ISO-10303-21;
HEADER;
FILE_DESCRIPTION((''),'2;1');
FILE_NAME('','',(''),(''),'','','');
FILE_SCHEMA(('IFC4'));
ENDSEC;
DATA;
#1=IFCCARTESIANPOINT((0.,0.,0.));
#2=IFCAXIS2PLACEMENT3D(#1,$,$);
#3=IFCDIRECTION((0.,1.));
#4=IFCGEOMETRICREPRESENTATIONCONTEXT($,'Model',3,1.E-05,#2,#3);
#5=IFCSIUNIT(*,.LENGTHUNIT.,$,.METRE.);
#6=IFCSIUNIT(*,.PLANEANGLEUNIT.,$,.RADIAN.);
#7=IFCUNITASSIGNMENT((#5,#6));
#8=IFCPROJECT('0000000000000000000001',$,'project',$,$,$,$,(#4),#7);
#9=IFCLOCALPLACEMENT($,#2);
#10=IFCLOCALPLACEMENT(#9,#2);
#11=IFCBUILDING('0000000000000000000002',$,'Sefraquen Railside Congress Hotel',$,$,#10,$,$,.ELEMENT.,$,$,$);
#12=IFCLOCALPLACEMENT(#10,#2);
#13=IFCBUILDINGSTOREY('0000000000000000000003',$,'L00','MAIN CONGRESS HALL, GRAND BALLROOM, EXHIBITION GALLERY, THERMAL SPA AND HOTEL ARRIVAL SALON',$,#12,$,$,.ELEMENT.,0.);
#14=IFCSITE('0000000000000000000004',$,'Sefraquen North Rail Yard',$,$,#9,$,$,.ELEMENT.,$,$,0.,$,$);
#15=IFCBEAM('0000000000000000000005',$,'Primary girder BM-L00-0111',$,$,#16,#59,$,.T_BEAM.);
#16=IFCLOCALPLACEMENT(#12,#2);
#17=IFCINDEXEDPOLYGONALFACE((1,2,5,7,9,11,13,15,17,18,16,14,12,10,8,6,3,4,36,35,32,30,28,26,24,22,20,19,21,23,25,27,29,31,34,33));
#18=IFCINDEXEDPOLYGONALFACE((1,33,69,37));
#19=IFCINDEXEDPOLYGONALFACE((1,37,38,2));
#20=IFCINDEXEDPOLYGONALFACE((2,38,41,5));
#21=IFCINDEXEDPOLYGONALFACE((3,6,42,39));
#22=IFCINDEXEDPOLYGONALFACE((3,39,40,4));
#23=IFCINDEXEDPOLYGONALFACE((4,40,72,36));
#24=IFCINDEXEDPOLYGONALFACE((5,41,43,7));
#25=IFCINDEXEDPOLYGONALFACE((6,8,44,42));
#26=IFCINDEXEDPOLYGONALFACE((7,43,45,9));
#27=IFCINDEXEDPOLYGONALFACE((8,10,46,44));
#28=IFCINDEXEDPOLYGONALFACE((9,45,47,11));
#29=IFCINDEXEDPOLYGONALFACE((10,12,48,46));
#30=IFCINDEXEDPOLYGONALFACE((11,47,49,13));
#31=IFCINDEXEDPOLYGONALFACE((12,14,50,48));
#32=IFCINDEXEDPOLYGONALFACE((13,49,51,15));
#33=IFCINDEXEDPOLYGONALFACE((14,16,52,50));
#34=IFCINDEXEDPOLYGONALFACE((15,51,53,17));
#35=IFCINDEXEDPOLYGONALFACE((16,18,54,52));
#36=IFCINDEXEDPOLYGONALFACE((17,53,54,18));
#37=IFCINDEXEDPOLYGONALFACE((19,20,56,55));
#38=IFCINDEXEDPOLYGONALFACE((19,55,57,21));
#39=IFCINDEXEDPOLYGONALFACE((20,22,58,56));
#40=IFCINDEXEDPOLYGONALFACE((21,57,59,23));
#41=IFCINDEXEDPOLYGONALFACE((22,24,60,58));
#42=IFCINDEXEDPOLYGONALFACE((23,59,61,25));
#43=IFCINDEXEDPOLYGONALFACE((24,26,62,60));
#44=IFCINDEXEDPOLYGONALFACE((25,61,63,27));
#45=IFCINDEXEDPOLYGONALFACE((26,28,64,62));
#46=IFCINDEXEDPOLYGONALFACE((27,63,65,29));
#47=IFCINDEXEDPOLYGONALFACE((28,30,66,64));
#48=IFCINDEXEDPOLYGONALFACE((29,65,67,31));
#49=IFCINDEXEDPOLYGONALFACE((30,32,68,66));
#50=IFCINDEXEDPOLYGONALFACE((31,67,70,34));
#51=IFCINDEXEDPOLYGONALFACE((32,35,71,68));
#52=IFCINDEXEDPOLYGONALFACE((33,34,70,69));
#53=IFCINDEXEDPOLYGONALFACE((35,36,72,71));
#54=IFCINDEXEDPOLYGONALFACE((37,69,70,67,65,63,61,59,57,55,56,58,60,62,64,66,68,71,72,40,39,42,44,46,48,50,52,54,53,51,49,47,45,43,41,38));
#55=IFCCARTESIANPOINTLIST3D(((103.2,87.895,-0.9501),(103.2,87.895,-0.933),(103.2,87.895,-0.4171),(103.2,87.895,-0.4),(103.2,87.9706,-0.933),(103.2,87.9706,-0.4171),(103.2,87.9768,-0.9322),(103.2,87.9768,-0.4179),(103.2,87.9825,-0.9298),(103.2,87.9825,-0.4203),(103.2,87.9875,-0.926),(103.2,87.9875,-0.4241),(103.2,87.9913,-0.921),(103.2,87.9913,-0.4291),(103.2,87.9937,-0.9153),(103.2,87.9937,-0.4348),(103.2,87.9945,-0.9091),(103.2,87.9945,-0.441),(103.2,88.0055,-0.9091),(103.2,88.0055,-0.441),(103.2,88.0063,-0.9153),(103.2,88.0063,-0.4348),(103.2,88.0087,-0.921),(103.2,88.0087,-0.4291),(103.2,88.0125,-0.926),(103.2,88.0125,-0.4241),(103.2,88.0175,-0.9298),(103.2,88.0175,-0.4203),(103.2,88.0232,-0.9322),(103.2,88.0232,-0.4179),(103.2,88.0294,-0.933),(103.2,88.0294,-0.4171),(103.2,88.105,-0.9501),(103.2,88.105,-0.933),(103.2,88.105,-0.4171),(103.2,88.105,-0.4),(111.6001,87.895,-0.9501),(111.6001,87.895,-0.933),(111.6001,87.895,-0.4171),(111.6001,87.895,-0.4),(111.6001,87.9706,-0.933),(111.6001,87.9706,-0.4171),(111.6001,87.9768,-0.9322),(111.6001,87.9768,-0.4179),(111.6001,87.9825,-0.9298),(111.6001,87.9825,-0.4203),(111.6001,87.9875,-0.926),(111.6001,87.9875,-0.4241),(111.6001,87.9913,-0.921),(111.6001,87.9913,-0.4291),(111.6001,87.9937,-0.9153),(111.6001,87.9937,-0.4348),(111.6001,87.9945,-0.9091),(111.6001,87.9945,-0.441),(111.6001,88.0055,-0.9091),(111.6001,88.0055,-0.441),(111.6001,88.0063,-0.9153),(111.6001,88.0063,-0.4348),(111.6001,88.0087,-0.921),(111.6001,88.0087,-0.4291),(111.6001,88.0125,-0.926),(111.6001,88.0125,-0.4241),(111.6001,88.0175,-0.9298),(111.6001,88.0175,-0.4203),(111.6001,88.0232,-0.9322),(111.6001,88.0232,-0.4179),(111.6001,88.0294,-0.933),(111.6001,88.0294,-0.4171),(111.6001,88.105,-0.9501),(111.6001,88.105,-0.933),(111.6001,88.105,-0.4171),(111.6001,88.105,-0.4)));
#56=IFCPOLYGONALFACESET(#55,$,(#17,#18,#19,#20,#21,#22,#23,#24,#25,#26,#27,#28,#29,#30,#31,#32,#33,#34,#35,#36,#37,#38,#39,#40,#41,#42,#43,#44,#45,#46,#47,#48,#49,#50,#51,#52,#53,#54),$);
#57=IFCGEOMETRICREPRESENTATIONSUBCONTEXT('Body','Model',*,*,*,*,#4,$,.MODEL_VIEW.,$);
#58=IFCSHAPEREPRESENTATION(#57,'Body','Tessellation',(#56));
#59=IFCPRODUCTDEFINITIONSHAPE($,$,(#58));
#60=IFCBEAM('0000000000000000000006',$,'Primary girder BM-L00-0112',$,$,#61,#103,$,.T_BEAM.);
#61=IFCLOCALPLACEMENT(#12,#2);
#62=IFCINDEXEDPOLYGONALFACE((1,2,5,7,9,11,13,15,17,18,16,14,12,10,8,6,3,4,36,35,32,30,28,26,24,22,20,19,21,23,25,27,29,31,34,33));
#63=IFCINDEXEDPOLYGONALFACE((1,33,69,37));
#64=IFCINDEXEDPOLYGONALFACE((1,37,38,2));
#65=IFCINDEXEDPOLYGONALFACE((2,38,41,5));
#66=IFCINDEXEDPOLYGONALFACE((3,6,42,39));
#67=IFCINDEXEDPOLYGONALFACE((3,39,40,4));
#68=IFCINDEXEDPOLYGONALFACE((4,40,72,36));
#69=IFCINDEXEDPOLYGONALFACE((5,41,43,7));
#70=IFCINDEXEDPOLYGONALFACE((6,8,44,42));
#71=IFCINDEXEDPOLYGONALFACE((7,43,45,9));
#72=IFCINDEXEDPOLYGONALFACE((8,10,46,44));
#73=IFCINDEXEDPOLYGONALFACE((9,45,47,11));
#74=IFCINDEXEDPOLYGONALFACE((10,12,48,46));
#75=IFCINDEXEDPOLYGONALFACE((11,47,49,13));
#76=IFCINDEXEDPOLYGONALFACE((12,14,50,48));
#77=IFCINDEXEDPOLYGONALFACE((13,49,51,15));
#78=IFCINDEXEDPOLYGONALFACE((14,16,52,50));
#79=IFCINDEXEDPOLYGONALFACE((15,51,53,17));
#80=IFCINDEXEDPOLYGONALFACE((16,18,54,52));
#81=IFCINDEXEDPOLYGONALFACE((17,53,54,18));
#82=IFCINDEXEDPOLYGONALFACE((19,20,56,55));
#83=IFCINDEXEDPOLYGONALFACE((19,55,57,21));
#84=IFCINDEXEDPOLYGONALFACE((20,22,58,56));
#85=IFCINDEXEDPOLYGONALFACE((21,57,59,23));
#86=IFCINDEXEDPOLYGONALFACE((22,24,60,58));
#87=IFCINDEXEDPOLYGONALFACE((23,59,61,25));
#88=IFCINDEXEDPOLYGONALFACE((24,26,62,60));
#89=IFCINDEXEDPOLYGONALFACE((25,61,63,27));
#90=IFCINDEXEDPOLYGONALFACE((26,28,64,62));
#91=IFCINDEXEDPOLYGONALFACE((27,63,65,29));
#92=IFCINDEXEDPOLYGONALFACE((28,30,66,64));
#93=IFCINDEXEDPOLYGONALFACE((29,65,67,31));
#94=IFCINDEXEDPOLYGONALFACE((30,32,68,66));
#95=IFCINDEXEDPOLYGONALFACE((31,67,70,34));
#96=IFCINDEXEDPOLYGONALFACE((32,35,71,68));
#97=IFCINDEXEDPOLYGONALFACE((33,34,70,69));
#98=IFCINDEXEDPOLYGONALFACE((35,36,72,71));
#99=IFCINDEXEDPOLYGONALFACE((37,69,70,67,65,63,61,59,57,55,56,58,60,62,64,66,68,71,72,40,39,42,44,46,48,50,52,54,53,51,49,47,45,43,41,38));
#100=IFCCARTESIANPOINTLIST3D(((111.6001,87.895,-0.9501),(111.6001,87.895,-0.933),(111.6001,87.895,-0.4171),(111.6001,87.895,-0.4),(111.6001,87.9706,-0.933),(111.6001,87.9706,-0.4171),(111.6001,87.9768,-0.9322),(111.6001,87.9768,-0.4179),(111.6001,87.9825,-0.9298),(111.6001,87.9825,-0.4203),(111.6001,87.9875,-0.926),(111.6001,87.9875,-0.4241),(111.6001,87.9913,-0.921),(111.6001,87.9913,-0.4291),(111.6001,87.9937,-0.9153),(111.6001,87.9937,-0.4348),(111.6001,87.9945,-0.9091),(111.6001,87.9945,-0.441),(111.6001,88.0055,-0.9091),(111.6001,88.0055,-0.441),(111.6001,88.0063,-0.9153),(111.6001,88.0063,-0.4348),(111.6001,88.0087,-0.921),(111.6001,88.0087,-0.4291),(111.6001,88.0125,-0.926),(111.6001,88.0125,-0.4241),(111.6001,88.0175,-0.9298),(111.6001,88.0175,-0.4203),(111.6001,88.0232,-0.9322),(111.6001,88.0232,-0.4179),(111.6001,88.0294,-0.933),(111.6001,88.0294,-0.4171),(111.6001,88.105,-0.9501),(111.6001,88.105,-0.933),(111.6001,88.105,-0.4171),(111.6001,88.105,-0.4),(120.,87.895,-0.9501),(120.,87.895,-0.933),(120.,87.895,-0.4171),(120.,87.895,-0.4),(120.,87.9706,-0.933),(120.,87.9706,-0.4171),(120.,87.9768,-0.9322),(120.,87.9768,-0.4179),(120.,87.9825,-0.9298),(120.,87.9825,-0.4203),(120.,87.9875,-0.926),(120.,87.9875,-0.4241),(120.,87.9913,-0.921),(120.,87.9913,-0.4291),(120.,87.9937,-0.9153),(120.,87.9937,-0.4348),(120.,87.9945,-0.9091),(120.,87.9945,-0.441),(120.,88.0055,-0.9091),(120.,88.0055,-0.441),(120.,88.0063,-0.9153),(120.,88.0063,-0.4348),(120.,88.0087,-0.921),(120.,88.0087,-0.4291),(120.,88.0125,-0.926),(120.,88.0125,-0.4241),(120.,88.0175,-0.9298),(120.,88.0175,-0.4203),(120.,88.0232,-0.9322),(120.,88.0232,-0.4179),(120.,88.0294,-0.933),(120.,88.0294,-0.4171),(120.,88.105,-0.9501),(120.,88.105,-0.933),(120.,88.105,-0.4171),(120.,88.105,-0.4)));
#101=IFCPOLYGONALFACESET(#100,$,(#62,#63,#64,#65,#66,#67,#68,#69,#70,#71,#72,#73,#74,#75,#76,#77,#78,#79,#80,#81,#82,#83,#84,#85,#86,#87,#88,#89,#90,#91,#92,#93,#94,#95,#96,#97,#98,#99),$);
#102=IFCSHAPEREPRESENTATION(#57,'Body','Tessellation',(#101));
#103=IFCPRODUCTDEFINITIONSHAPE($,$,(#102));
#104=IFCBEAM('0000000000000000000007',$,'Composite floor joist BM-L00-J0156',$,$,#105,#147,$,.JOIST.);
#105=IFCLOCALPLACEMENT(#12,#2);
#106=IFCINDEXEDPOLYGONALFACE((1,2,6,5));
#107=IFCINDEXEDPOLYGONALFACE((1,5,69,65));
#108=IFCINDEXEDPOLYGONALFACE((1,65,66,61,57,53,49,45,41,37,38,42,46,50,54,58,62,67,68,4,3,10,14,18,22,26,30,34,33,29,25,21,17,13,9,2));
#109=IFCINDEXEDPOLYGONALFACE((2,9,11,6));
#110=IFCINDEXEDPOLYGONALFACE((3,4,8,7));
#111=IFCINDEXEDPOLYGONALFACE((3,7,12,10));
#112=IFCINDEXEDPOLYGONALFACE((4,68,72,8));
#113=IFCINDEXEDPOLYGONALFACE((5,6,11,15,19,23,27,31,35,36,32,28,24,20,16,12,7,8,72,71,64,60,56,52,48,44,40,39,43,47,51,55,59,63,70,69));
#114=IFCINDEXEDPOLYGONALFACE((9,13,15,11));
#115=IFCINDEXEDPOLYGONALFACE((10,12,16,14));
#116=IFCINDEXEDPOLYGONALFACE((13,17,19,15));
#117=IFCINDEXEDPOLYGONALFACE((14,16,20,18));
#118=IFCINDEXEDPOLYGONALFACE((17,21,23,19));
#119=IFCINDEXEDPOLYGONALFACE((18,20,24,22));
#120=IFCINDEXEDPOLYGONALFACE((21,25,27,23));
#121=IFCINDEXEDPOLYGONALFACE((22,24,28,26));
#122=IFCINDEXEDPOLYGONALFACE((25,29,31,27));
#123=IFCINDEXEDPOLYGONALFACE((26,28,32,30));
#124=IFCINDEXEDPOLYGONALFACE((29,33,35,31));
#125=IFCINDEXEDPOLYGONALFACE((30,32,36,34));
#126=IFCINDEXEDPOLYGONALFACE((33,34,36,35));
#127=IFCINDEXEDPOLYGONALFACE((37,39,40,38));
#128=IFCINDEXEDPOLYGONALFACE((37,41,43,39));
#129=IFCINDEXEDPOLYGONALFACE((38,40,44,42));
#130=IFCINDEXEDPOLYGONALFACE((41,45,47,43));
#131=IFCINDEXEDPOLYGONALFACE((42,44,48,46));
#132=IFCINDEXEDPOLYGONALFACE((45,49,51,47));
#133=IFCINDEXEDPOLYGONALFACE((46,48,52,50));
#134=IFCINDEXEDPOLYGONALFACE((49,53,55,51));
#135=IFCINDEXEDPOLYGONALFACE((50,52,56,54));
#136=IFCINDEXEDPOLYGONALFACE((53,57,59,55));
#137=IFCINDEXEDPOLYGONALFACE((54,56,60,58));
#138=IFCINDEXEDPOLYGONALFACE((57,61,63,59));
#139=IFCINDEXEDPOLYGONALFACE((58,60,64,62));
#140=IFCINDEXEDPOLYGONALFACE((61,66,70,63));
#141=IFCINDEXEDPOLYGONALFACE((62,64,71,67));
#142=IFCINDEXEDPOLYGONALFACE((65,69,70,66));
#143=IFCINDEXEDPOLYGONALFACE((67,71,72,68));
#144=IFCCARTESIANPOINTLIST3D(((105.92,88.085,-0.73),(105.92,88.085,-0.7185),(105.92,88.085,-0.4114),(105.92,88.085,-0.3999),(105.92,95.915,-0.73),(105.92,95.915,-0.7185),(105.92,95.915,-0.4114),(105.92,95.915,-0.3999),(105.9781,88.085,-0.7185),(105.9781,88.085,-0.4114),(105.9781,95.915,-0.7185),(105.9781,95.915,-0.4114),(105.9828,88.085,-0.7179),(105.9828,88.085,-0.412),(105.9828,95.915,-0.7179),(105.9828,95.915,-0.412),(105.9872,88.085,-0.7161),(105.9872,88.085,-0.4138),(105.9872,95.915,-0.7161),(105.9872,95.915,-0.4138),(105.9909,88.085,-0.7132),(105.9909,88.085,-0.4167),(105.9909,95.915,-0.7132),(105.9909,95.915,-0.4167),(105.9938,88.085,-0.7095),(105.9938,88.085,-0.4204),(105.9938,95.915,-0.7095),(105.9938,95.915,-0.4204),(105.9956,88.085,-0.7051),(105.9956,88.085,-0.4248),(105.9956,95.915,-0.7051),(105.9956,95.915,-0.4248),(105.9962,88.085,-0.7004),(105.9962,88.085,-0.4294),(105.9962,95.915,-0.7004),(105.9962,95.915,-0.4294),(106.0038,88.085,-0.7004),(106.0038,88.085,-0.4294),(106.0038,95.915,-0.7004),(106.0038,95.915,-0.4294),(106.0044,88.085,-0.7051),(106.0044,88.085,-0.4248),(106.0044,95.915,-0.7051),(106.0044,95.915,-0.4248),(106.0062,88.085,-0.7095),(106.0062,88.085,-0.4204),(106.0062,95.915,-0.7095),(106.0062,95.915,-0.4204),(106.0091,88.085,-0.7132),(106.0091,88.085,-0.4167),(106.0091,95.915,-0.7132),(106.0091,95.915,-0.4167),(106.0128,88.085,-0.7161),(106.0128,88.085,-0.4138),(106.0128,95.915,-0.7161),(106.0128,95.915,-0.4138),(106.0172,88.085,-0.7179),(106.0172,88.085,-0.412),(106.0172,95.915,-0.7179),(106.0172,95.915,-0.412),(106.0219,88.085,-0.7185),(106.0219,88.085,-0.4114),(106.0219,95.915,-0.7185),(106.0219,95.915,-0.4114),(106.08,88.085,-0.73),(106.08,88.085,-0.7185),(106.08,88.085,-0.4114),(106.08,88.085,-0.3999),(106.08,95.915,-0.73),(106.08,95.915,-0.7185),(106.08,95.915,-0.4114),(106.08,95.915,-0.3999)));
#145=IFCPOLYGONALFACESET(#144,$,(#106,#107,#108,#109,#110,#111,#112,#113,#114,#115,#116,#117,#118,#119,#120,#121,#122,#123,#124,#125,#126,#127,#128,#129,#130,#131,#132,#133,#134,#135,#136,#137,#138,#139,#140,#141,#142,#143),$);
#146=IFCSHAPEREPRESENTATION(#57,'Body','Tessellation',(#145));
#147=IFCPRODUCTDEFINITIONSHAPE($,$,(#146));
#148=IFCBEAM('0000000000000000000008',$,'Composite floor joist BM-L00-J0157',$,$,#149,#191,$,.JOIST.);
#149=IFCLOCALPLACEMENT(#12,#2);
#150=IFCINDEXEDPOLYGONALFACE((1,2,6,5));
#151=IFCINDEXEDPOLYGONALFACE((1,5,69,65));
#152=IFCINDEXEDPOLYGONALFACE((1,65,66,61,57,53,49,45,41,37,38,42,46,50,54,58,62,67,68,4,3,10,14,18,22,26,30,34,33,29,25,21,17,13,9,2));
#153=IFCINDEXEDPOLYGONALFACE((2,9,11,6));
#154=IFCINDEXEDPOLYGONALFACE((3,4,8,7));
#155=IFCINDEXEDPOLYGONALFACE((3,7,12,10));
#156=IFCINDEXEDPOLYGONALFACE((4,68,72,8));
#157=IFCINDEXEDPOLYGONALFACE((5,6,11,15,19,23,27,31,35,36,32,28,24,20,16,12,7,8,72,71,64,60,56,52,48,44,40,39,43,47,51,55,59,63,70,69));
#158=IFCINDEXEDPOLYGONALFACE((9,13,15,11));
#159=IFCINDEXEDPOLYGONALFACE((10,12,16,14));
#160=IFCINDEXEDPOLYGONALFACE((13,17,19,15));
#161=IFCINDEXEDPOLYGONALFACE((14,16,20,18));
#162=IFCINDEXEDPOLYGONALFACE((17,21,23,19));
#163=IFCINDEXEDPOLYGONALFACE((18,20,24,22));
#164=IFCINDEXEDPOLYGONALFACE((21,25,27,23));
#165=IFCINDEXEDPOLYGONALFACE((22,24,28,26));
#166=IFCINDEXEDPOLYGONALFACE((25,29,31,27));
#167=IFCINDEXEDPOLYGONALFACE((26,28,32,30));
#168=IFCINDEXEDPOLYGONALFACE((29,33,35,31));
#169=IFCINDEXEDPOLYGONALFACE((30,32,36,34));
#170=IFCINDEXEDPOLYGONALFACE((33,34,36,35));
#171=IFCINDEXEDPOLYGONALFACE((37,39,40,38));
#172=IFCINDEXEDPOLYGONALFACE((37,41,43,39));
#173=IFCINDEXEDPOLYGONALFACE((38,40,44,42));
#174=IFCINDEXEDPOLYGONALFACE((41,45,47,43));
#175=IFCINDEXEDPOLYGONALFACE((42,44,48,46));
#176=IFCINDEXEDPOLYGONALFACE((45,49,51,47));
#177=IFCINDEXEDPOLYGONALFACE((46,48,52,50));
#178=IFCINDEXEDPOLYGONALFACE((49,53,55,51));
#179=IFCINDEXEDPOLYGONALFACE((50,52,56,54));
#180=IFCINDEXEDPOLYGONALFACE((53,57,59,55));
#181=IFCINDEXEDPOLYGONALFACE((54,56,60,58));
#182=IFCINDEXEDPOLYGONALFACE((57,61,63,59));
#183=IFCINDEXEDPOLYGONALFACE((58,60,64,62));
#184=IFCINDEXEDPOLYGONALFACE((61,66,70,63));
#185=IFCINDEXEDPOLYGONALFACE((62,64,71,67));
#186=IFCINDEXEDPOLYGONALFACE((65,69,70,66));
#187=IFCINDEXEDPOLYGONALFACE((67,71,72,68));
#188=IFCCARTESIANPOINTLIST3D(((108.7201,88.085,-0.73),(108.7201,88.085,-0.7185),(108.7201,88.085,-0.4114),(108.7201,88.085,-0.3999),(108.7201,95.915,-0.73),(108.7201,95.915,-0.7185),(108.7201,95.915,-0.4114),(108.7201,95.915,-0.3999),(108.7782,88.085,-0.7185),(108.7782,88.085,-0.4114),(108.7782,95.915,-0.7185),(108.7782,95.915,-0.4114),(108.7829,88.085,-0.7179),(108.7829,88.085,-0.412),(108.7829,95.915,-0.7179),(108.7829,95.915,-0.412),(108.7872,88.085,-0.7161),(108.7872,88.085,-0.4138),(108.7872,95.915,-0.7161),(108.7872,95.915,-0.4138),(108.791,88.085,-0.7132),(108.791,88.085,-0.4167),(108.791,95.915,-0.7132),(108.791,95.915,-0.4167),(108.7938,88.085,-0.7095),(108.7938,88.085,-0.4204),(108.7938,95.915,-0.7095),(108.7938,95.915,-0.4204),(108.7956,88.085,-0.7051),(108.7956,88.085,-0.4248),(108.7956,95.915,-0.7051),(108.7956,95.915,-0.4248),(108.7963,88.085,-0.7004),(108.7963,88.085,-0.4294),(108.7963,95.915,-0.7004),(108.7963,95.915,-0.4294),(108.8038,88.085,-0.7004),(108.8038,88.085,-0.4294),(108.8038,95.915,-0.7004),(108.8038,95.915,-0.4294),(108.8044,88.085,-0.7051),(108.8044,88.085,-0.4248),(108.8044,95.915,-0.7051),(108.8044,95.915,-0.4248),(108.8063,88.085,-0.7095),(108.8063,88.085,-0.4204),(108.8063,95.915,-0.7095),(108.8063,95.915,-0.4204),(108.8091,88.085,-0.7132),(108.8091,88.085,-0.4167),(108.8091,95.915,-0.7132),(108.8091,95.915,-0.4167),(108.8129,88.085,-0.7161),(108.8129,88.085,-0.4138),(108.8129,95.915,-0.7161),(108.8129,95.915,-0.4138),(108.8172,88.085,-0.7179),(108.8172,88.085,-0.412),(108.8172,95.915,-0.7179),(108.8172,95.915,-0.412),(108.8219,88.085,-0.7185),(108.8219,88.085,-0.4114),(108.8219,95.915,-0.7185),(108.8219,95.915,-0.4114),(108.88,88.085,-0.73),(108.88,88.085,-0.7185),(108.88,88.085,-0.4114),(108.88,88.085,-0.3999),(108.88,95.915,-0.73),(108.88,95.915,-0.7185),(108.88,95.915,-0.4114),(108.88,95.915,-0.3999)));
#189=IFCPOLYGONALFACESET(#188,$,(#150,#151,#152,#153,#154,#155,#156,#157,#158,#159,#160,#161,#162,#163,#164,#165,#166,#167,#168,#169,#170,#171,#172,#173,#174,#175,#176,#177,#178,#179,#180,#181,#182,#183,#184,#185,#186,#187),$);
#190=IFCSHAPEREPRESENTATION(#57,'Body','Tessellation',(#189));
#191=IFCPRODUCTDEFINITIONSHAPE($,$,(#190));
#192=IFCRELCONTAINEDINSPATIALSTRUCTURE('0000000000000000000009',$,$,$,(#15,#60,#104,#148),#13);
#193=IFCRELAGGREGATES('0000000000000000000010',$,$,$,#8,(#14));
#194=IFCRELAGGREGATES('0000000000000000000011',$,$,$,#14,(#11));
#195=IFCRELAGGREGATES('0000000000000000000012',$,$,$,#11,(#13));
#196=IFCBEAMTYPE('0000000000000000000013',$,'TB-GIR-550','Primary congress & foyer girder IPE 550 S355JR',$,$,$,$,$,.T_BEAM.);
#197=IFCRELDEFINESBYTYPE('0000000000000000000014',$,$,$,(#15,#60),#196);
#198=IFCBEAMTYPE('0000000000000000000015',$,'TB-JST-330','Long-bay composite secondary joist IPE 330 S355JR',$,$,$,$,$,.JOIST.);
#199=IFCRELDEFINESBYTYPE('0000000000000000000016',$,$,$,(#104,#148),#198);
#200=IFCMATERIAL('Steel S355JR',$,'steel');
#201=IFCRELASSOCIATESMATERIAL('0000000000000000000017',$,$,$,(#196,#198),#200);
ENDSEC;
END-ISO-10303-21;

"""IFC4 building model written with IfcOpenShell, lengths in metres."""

from ifc_helpers import new_model, si_unit, direction, frame, origin, origin_2d, place, context, subcontext, project, spatial, i_section, extrude, material, material_profile, profile_set, type_object, element, save


model = new_model("IFC4")

# Units and contexts
model_context = context("Model", 3, precision=1e-05, world=origin(), true_north=direction((0.0, 1.0)))
body_context = subcontext(model_context, "Body", "Model", "MODEL_VIEW")
ifc_project = project(units=[si_unit("LENGTHUNIT", "METRE"), si_unit("PLANEANGLEUNIT", "RADIAN")], contexts=[model_context])

# Site, building, storey
site_placement = place(None, origin())
site = spatial("IfcSite", under=ifc_project, at=site_placement, Name="Sefraquen North Rail Yard", CompositionType="ELEMENT", RefElevation=0.0)
building_placement = place(site_placement, origin())
building = spatial("IfcBuilding", under=site, at=building_placement, Name="Sefraquen Railside Congress Hotel", CompositionType="ELEMENT")
storey_placement = place(building_placement, origin())
storey = spatial("IfcBuildingStorey", under=building, at=storey_placement, Name="L00", Description="MAIN CONGRESS HALL, GRAND BALLROOM, EXHIBITION GALLERY, THERMAL SPA AND HOTEL ARRIVAL SALON", CompositionType="ELEMENT", Elevation=0.0)

# Shared definitions
ifc_material_1 = material(Name="Steel S355JR", Category="steel")

# Beams
ifc_material_profile_1 = material_profile(ifc_material_1, i_section(OverallWidth=0.21, OverallDepth=0.55, WebThickness=0.011, FlangeThickness=0.0171, FilletRadius=0.0239, at=origin_2d()), Name="IPE 550")
ifc_profile_set_1 = profile_set([ifc_material_profile_1], Name="Steel S355JR")
beam_type_1 = type_object("IfcBeamType", Name="TB-GIR-550", Description="Primary congress & foyer girder IPE 550 S355JR", PredefinedType="T_BEAM", material=ifc_profile_set_1)
beam_1_placement = place(storey_placement, frame((103.2, 88.0, -0.675), z_axis=(1.0, 0.0, 0.0), x_axis=(0.0, 1.0, 0.0)))
element("IfcBeam", 1, at=beam_1_placement, inside=storey, type_object=beam_type_1, Name="Primary girder BM-L00-0111", PredefinedType="T_BEAM", context=body_context, shape_type="SweptSolid", body=[
    extrude(i_section(OverallWidth=0.21, OverallDepth=0.55, WebThickness=0.011, FlangeThickness=0.0171, FilletRadius=0.0239, at=origin_2d()), origin(), (0.0, 0.0, 1.0), 8.4001),
])
beam_2_placement = place(storey_placement, frame((111.6001, 88.0, -0.675), z_axis=(1.0, 0.0, 0.0), x_axis=(0.0, 1.0, 0.0)))
element("IfcBeam", 2, at=beam_2_placement, inside=storey, type_object=beam_type_1, Name="Primary girder BM-L00-0112", PredefinedType="T_BEAM", context=body_context, shape_type="SweptSolid", body=[
    extrude(i_section(OverallWidth=0.21, OverallDepth=0.55, WebThickness=0.011, FlangeThickness=0.0171, FilletRadius=0.0239, at=origin_2d()), origin(), (0.0, 0.0, 1.0), 8.3999),
])
ifc_material_profile_2 = material_profile(ifc_material_1, i_section(OverallWidth=0.1599, OverallDepth=0.3301, WebThickness=0.0076, FlangeThickness=0.0115, FilletRadius=0.0181, at=origin_2d()), Name="IPE 330")
ifc_profile_set_2 = profile_set([ifc_material_profile_2], Name="Steel S355JR")
beam_type_2 = type_object("IfcBeamType", Name="TB-JST-330", Description="Long-bay composite secondary joist IPE 330 S355JR", PredefinedType="JOIST", material=ifc_profile_set_2)
for number, where, z_axis, x_axis, name in (
    (3, (106.0, 88.085, -0.5649), (0.0, 1.0, 0.0), (-1.0, 0.0, 0.0), "Composite floor joist BM-L00-J0156"),
    (4, (108.8, 88.085, -0.5649), (0.0, 1.0, 0.0), (-1.0, 0.0, 0.0), "Composite floor joist BM-L00-J0157"),
):
    element("IfcBeam", number, at=place(storey_placement, frame(where, z_axis=z_axis, x_axis=x_axis)), inside=storey, type_object=beam_type_2, Name=name, PredefinedType="JOIST", context=body_context, shape_type="SweptSolid", body=[
        extrude(i_section(OverallWidth=0.1599, OverallDepth=0.3301, WebThickness=0.0076, FlangeThickness=0.0115, FilletRadius=0.0181, at=origin_2d()), origin(), (0.0, 0.0, 1.0), 7.8301),
    ])

save(model, "model.ifc")
